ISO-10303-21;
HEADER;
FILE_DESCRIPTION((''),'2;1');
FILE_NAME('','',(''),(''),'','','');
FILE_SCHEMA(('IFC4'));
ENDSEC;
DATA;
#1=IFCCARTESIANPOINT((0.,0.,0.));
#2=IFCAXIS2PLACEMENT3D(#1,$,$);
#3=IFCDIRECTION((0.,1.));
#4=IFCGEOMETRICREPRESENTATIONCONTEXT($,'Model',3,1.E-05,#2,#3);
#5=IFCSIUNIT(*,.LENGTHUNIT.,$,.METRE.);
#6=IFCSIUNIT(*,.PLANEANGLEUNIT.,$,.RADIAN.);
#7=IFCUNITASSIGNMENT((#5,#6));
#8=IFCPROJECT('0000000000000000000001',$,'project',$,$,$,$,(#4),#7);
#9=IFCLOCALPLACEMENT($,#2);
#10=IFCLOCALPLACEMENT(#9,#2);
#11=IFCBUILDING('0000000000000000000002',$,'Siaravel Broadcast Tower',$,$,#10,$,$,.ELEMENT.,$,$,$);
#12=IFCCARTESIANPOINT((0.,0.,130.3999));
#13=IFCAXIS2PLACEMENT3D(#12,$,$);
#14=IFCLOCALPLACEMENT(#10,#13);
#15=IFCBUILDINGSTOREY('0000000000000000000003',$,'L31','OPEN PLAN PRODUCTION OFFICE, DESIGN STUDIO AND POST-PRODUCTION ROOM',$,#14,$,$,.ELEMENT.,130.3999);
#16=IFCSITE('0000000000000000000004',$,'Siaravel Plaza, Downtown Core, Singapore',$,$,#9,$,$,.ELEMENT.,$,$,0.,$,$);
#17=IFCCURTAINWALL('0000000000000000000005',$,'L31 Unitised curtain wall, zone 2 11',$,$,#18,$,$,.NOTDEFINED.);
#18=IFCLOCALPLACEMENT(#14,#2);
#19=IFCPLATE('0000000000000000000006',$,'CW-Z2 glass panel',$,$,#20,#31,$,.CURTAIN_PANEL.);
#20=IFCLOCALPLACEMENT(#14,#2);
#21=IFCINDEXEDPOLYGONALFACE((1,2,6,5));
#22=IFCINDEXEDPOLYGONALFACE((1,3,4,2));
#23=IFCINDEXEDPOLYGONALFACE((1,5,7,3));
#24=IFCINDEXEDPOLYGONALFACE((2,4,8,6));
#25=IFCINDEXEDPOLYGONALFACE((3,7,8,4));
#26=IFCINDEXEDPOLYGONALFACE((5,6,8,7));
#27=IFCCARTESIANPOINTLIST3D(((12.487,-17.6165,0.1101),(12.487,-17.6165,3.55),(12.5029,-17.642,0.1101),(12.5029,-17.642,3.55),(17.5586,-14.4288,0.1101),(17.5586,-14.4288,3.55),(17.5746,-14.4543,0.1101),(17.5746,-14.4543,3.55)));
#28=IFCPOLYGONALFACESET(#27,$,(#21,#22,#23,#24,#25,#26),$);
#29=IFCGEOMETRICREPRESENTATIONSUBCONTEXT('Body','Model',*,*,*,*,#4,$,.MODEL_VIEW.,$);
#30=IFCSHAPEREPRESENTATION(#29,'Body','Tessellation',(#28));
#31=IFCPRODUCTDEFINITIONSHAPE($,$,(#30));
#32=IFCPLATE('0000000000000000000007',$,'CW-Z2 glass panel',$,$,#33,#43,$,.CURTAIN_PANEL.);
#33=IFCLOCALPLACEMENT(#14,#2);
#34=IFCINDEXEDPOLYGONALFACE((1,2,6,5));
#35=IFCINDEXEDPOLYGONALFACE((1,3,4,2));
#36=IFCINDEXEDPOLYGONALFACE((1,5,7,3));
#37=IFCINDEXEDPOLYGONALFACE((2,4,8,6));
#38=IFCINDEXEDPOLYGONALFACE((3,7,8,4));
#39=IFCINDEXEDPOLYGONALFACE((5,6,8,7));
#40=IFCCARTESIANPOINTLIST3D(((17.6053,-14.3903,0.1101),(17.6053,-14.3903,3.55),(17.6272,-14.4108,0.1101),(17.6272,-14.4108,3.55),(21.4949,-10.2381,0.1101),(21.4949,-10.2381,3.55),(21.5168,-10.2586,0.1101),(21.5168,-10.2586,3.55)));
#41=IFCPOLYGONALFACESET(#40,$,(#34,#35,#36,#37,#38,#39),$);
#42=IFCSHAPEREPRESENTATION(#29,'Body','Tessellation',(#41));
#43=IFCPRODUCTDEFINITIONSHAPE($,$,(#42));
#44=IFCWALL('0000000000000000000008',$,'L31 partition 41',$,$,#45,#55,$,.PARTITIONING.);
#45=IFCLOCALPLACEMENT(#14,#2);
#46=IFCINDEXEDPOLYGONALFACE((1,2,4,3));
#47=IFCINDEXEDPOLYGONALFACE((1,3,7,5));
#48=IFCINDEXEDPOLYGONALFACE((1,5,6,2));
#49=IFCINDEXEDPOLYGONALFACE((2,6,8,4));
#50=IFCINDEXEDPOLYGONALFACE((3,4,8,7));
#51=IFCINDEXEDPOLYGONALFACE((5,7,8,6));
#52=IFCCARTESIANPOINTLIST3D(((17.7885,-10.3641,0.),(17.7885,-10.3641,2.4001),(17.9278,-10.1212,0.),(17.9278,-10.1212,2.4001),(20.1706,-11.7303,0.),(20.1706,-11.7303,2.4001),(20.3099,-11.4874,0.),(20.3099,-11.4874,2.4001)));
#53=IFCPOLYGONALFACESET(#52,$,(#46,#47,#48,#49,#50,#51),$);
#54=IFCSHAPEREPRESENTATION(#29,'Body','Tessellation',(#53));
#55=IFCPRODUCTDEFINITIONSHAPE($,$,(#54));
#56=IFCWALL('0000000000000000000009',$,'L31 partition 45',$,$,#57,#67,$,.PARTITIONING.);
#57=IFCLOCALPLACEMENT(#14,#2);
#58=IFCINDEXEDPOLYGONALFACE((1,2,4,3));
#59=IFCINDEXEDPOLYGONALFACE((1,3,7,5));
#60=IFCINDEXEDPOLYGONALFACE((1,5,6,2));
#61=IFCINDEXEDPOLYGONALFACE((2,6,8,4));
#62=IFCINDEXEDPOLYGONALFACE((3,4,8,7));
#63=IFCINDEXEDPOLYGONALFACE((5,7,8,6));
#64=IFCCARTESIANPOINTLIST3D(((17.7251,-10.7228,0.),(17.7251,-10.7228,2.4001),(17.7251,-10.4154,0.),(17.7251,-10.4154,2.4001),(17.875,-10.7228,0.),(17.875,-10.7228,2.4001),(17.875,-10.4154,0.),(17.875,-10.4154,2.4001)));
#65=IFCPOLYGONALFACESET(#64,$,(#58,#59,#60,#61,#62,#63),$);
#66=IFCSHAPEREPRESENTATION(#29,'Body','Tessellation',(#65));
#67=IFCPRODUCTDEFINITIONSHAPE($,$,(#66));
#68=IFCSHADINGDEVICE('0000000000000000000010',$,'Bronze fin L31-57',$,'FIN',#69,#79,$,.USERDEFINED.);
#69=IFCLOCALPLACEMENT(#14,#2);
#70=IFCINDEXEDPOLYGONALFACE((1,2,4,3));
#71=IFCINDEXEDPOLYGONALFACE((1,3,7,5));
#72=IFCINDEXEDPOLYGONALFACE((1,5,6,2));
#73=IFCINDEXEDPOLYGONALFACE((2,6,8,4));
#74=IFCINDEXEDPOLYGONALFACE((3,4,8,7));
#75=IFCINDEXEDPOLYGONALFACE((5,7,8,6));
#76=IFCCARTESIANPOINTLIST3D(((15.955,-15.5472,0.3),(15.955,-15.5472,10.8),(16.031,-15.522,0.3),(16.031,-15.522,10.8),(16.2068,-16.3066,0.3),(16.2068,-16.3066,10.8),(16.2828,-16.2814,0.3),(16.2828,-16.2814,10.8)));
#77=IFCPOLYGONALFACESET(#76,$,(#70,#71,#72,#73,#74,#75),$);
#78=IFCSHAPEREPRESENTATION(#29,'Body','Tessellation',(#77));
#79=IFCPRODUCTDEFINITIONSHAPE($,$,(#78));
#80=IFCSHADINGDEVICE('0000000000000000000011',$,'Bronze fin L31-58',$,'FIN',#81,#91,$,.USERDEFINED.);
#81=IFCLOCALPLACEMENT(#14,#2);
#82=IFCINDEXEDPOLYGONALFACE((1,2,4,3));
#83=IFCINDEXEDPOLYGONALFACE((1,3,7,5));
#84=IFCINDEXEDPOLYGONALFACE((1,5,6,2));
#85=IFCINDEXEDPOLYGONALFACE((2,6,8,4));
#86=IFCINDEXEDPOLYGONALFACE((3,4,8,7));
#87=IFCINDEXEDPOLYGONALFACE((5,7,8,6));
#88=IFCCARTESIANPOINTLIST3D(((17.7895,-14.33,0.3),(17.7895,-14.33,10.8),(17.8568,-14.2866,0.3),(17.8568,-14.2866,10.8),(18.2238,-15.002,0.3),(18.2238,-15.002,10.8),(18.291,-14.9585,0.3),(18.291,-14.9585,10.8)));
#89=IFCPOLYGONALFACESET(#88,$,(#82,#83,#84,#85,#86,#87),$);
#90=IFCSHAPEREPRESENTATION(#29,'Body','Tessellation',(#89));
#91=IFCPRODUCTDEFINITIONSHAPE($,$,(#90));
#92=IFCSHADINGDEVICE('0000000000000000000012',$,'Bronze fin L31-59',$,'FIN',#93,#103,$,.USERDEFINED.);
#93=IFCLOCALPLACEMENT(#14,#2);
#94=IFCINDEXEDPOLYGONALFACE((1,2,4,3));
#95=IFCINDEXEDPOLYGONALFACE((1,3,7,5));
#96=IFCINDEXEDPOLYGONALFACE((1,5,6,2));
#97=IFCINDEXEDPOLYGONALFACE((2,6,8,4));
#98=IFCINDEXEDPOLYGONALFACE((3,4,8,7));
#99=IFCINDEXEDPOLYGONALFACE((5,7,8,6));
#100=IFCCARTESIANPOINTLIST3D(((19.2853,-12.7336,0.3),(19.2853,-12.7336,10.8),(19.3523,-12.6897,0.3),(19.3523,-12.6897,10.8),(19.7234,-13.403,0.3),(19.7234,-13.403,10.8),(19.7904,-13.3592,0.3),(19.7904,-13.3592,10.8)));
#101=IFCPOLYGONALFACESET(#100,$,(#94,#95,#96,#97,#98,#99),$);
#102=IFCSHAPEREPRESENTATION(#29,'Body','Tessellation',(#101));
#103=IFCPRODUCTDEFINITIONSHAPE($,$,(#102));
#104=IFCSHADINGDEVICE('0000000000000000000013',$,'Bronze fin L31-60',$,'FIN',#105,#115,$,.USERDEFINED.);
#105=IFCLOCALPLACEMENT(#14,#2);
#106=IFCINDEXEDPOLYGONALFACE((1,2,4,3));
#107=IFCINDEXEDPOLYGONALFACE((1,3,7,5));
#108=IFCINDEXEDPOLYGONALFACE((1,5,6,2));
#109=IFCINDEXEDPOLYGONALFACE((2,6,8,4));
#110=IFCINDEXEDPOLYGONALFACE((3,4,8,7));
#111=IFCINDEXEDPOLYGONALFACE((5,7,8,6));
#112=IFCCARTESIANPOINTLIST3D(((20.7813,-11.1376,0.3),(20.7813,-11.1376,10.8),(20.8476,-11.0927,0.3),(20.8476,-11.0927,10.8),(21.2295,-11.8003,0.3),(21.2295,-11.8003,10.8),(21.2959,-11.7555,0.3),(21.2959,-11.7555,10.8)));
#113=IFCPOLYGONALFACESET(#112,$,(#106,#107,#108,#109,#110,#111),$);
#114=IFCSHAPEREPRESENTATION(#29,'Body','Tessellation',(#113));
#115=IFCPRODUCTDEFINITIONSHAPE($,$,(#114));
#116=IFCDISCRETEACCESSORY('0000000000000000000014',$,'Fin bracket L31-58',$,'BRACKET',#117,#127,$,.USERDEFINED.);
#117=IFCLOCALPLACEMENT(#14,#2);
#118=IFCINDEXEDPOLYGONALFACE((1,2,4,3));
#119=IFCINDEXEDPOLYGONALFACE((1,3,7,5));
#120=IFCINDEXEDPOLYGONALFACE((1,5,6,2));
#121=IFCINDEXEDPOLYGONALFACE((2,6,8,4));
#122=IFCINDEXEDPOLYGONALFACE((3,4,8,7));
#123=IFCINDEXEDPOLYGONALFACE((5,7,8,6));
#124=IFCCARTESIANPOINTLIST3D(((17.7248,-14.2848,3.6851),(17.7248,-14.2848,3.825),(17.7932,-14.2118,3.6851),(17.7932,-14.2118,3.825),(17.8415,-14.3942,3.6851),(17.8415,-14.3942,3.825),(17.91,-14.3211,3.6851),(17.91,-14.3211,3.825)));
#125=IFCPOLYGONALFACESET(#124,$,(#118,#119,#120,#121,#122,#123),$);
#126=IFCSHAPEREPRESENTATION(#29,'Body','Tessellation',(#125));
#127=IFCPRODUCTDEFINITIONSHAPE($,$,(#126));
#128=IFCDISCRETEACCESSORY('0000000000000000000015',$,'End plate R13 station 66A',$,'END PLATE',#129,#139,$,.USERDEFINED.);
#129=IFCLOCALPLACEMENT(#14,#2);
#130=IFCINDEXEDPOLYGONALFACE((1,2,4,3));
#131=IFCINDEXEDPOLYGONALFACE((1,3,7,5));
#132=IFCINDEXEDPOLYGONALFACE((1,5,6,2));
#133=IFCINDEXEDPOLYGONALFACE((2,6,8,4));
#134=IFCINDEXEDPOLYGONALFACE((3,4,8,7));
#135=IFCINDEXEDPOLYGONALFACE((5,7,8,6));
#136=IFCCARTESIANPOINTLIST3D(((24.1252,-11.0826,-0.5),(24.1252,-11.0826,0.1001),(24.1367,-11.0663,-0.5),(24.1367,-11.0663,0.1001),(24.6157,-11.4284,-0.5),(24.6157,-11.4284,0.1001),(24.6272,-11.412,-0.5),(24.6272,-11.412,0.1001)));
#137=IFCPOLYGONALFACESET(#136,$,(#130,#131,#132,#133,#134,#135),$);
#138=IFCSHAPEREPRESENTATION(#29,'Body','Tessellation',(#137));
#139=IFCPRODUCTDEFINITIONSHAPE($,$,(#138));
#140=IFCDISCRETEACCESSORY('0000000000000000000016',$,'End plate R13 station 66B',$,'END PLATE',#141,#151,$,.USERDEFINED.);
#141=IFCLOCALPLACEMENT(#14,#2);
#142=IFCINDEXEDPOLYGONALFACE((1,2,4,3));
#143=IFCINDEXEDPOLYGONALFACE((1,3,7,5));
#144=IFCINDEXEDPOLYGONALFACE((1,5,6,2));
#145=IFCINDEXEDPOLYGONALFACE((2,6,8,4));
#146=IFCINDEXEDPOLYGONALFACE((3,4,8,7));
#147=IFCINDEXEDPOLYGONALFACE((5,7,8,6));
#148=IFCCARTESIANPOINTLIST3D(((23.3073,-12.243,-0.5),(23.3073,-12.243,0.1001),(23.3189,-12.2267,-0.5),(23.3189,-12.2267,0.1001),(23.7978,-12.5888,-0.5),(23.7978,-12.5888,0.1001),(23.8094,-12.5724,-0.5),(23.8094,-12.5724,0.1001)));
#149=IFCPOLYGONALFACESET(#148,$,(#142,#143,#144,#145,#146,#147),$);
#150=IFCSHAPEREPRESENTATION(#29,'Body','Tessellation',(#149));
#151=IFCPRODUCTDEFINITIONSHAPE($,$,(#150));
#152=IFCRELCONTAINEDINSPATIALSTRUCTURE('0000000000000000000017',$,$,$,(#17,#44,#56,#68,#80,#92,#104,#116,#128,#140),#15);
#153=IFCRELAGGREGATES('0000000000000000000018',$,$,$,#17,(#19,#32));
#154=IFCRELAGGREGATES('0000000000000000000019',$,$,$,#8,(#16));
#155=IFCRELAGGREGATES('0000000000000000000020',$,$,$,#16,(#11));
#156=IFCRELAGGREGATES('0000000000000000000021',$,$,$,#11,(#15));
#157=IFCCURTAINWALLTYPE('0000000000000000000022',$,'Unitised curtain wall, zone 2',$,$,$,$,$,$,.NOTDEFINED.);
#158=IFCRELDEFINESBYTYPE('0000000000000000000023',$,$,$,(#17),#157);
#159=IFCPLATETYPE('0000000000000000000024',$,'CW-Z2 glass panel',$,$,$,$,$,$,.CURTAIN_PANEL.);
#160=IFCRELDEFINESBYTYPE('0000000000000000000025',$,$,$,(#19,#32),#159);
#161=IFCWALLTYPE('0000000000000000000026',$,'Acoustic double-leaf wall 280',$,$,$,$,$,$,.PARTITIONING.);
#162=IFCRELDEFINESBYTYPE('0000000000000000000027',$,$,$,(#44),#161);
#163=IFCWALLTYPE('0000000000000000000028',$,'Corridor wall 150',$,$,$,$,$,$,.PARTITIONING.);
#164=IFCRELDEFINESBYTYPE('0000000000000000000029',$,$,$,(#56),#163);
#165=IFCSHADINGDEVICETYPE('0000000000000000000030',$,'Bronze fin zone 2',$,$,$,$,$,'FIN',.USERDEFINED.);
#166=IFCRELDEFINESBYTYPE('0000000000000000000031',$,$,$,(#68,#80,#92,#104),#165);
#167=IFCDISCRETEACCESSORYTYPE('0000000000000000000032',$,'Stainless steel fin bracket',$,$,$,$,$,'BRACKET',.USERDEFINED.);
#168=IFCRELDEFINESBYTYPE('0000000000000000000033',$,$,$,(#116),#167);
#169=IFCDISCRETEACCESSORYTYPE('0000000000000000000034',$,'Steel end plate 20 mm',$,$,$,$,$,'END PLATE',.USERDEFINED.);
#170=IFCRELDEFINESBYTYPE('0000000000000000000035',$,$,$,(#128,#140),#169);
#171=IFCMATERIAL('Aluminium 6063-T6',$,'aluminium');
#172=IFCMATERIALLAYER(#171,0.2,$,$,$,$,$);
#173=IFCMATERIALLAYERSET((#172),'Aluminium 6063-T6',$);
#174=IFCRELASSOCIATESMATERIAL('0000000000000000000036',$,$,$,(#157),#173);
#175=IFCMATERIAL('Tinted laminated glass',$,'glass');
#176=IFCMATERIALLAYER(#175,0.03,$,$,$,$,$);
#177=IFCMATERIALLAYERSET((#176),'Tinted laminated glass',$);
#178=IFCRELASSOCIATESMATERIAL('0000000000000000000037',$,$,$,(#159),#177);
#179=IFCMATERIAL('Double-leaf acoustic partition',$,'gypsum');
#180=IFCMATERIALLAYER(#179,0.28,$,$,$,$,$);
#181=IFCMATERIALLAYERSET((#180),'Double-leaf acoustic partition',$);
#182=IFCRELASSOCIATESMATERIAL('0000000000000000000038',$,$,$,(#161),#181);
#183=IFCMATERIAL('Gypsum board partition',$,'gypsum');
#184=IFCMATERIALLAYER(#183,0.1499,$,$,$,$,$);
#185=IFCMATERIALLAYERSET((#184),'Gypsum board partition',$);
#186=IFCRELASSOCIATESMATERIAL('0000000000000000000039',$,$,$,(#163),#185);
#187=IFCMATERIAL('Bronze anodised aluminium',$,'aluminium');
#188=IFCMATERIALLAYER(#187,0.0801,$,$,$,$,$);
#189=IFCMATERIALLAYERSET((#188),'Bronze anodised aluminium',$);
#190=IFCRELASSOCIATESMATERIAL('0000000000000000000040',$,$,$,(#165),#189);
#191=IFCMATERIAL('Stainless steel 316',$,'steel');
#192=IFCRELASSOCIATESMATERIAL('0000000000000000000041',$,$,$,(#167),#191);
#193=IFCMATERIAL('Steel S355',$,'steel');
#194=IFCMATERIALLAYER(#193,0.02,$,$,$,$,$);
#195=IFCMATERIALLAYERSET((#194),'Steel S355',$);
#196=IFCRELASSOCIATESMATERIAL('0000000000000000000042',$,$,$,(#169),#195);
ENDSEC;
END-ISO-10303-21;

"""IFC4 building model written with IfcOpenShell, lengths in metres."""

from ifc_helpers import new_model, si_unit, direction, frame, frame_2d, origin, origin_2d, place, context, subcontext, project, spatial, rectangle, extrude, material, layer, layer_set, type_object, element, aggregate, save


model = new_model("IFC4")

# Units and contexts
model_context = context("Model", 3, precision=1e-05, world=origin(), true_north=direction((0.0, 1.0)))
body_context = subcontext(model_context, "Body", "Model", "MODEL_VIEW")
ifc_project = project(units=[si_unit("LENGTHUNIT", "METRE"), si_unit("PLANEANGLEUNIT", "RADIAN")], contexts=[model_context])

# Site, building, storey
site_placement = place(None, origin())
site = spatial("IfcSite", under=ifc_project, at=site_placement, Name="Siaravel Plaza, Downtown Core, Singapore", CompositionType="ELEMENT", RefElevation=0.0)
building_placement = place(site_placement, origin())
building = spatial("IfcBuilding", under=site, at=building_placement, Name="Siaravel Broadcast Tower", CompositionType="ELEMENT")
storey_placement = place(building_placement, frame((0.0, 0.0, 130.3999)))
storey = spatial("IfcBuildingStorey", under=building, at=storey_placement, Name="L31", Description="OPEN PLAN PRODUCTION OFFICE, DESIGN STUDIO AND POST-PRODUCTION ROOM", CompositionType="ELEMENT", Elevation=130.3999)

# Shared definitions
ifc_material_1 = material(Name="Steel S355", Category="steel")

# Curtain wall
ifc_material_2 = material(Name="Aluminium 6063-T6", Category="aluminium")
ifc_layer_1 = layer(ifc_material_2, 0.2)
ifc_layer_set_1 = layer_set([ifc_layer_1], Name="Aluminium 6063-T6")
curtain_wall_type = type_object("IfcCurtainWallType", Name="Unitised curtain wall, zone 2", PredefinedType="NOTDEFINED", material=ifc_layer_set_1)
curtain_wall_1_placement = place(storey_placement, origin())
curtain_wall_1 = element("IfcCurtainWall", 1, at=curtain_wall_1_placement, inside=storey, type_object=curtain_wall_type, Name="L31 Unitised curtain wall, zone 2 11", PredefinedType="NOTDEFINED")

# Plates
ifc_material_3 = material(Name="Tinted laminated glass", Category="glass")
ifc_layer_2 = layer(ifc_material_3, 0.03)
ifc_layer_set_2 = layer_set([ifc_layer_2], Name="Tinted laminated glass")
plate_type = type_object("IfcPlateType", Name="CW-Z2 glass panel", PredefinedType="CURTAIN_PANEL", material=ifc_layer_set_2)
plate_1_placement = place(storey_placement, frame((15.0308, -16.0354, 0.1101), z_axis=(0.0, 0.0, 1.0), x_axis=(0.846649, 0.532151, 0.0)))
plate_1 = element("IfcPlate", 2, at=plate_1_placement, type_object=plate_type, Name="CW-Z2 glass panel", PredefinedType="CURTAIN_PANEL", context=body_context, shape_type="SweptSolid", body=[
    extrude(rectangle(XDim=5.9902, YDim=0.03, at=origin_2d()), origin(), (0.0, 0.0, 1.0), 3.4399),
])
plate_2_placement = place(storey_placement, frame((19.561, -12.3245, 0.1101), z_axis=(0.0, 0.0, 1.0), x_axis=(0.683653, 0.729807, 0.0)))
plate_2 = element("IfcPlate", 3, at=plate_2_placement, type_object=plate_type, Name="CW-Z2 glass panel", PredefinedType="CURTAIN_PANEL", context=body_context, shape_type="SweptSolid", body=[
    extrude(rectangle(XDim=5.6895, YDim=0.03, at=origin_2d()), origin(), (0.0, 0.0, 1.0), 3.4399),
])
aggregate(curtain_wall_1, [plate_1, plate_2])

# Walls
ifc_material_4 = material(Name="Double-leaf acoustic partition", Category="gypsum")
ifc_layer_3 = layer(ifc_material_4, 0.28)
ifc_layer_set_3 = layer_set([ifc_layer_3], Name="Double-leaf acoustic partition")
wall_type_1 = type_object("IfcWallType", Name="Acoustic double-leaf wall 280", PredefinedType="PARTITIONING", material=ifc_layer_set_3)
wall_1_placement = place(storey_placement, frame((20.2402, -11.6089, 0.0), z_axis=(0.0, 0.0, 1.0), x_axis=(-0.867454, 0.497517, 0.0)))
element("IfcWall", 4, at=wall_1_placement, inside=storey, type_object=wall_type_1, Name="L31 partition 41", PredefinedType="PARTITIONING", context=body_context, shape_type="SweptSolid", body=[
    extrude(rectangle(XDim=2.7461, YDim=0.28, at=frame_2d((1.373, 0.0))), origin(), (0.0, 0.0, 1.0), 2.4001),
])
ifc_material_5 = material(Name="Gypsum board partition", Category="gypsum")
ifc_layer_4 = layer(ifc_material_5, 0.1499)
ifc_layer_set_4 = layer_set([ifc_layer_4], Name="Gypsum board partition")
wall_type_2 = type_object("IfcWallType", Name="Corridor wall 150", PredefinedType="PARTITIONING", material=ifc_layer_set_4)
wall_2_placement = place(storey_placement, frame((17.8, -10.7229, 0.0), z_axis=(0.0, 0.0, 1.0), x_axis=(0.0, 1.0, 0.0)))
element("IfcWall", 5, at=wall_2_placement, inside=storey, type_object=wall_type_2, Name="L31 partition 45", PredefinedType="PARTITIONING", context=body_context, shape_type="SweptSolid", body=[
    extrude(rectangle(XDim=0.3074, YDim=0.1499, at=frame_2d((0.1538, 0.0))), origin(), (0.0, 0.0, 1.0), 2.4001),
])

# Shading devices
ifc_material_6 = material(Name="Bronze anodised aluminium", Category="aluminium")
ifc_layer_5 = layer(ifc_material_6, 0.0801)
ifc_layer_set_5 = layer_set([ifc_layer_5], Name="Bronze anodised aluminium")
shading_device_type = type_object("IfcShadingDeviceType", Name="Bronze fin zone 2", ElementType="FIN", PredefinedType="USERDEFINED", material=ifc_layer_set_5)
for number, where, z_axis, x_axis, name in (
    (6, (16.1189, -15.9143, 0.3), (0.0, 0.0, 1.0), (0.314779, -0.949165, 0.0), "Bronze fin L31-57"),
    (7, (18.0403, -14.6443, 0.3), (0.0, 0.0, 1.0), (0.542782, -0.839874, 0.0), "Bronze fin L31-58"),
    (8, (19.5378, -13.0464, 0.3), (0.0, 0.0, 1.0), (0.547616, -0.83673, 0.0), "Bronze fin L31-59"),
    (9, (21.0386, -11.4465, 0.3), (0.0, 0.0, 1.0), (0.560241, -0.828329, 0.0), "Bronze fin L31-60"),
):
    element("IfcShadingDevice", number, at=place(storey_placement, frame(where, z_axis=z_axis, x_axis=x_axis)), inside=storey, type_object=shading_device_type, Name=name, ObjectType="FIN", PredefinedType="USERDEFINED", context=body_context, shape_type="SweptSolid", body=[
        extrude(rectangle(XDim=0.8, YDim=0.0801, at=origin_2d()), origin(), (0.0, 0.0, 1.0), 10.5),
    ])

# Discrete accessories
ifc_material_7 = material(Name="Stainless steel 316", Category="steel")
discrete_accessory_type_1 = type_object("IfcDiscreteAccessoryType", Name="Stainless steel fin bracket", ElementType="BRACKET", PredefinedType="USERDEFINED", material=ifc_material_7)
discrete_accessory_placement = place(storey_placement, frame((17.8174, -14.303, 3.6851), z_axis=(0.0, 0.0, 1.0), x_axis=(0.729807, -0.683653, 0.0)))
element("IfcDiscreteAccessory", 10, at=discrete_accessory_placement, inside=storey, type_object=discrete_accessory_type_1, Name="Fin bracket L31-58", ObjectType="BRACKET", PredefinedType="USERDEFINED", context=body_context, shape_type="SweptSolid", body=[
    extrude(rectangle(XDim=0.1599, YDim=0.1001, at=origin_2d()), origin(), (0.0, 0.0, 1.0), 0.1399),
])
ifc_layer_6 = layer(ifc_material_1, 0.02)
ifc_layer_set_6 = layer_set([ifc_layer_6], Name="Steel S355")
discrete_accessory_type_2 = type_object("IfcDiscreteAccessoryType", Name="Steel end plate 20 mm", ElementType="END PLATE", PredefinedType="USERDEFINED", material=ifc_layer_set_6)
for number, where, z_axis, x_axis, name in (
    (11, (24.3762, -11.2473, -0.5), (0.0, 0.0, 1.0), (0.57612, 0.817365, 0.0), "End plate R13 station 66A"),
    (12, (23.5583, -12.4077, -0.5), (0.0, 0.0, 1.0), (0.57612, 0.817365, 0.0), "End plate R13 station 66B"),
):
    element("IfcDiscreteAccessory", number, at=place(storey_placement, frame(where, z_axis=z_axis, x_axis=x_axis)), inside=storey, type_object=discrete_accessory_type_2, Name=name, ObjectType="END PLATE", PredefinedType="USERDEFINED", context=body_context, shape_type="SweptSolid", body=[
        extrude(rectangle(XDim=0.02, YDim=0.6001, at=origin_2d()), origin(), (0.0, 0.0, 1.0), 0.6001),
    ])

save(model, "model.ifc")
